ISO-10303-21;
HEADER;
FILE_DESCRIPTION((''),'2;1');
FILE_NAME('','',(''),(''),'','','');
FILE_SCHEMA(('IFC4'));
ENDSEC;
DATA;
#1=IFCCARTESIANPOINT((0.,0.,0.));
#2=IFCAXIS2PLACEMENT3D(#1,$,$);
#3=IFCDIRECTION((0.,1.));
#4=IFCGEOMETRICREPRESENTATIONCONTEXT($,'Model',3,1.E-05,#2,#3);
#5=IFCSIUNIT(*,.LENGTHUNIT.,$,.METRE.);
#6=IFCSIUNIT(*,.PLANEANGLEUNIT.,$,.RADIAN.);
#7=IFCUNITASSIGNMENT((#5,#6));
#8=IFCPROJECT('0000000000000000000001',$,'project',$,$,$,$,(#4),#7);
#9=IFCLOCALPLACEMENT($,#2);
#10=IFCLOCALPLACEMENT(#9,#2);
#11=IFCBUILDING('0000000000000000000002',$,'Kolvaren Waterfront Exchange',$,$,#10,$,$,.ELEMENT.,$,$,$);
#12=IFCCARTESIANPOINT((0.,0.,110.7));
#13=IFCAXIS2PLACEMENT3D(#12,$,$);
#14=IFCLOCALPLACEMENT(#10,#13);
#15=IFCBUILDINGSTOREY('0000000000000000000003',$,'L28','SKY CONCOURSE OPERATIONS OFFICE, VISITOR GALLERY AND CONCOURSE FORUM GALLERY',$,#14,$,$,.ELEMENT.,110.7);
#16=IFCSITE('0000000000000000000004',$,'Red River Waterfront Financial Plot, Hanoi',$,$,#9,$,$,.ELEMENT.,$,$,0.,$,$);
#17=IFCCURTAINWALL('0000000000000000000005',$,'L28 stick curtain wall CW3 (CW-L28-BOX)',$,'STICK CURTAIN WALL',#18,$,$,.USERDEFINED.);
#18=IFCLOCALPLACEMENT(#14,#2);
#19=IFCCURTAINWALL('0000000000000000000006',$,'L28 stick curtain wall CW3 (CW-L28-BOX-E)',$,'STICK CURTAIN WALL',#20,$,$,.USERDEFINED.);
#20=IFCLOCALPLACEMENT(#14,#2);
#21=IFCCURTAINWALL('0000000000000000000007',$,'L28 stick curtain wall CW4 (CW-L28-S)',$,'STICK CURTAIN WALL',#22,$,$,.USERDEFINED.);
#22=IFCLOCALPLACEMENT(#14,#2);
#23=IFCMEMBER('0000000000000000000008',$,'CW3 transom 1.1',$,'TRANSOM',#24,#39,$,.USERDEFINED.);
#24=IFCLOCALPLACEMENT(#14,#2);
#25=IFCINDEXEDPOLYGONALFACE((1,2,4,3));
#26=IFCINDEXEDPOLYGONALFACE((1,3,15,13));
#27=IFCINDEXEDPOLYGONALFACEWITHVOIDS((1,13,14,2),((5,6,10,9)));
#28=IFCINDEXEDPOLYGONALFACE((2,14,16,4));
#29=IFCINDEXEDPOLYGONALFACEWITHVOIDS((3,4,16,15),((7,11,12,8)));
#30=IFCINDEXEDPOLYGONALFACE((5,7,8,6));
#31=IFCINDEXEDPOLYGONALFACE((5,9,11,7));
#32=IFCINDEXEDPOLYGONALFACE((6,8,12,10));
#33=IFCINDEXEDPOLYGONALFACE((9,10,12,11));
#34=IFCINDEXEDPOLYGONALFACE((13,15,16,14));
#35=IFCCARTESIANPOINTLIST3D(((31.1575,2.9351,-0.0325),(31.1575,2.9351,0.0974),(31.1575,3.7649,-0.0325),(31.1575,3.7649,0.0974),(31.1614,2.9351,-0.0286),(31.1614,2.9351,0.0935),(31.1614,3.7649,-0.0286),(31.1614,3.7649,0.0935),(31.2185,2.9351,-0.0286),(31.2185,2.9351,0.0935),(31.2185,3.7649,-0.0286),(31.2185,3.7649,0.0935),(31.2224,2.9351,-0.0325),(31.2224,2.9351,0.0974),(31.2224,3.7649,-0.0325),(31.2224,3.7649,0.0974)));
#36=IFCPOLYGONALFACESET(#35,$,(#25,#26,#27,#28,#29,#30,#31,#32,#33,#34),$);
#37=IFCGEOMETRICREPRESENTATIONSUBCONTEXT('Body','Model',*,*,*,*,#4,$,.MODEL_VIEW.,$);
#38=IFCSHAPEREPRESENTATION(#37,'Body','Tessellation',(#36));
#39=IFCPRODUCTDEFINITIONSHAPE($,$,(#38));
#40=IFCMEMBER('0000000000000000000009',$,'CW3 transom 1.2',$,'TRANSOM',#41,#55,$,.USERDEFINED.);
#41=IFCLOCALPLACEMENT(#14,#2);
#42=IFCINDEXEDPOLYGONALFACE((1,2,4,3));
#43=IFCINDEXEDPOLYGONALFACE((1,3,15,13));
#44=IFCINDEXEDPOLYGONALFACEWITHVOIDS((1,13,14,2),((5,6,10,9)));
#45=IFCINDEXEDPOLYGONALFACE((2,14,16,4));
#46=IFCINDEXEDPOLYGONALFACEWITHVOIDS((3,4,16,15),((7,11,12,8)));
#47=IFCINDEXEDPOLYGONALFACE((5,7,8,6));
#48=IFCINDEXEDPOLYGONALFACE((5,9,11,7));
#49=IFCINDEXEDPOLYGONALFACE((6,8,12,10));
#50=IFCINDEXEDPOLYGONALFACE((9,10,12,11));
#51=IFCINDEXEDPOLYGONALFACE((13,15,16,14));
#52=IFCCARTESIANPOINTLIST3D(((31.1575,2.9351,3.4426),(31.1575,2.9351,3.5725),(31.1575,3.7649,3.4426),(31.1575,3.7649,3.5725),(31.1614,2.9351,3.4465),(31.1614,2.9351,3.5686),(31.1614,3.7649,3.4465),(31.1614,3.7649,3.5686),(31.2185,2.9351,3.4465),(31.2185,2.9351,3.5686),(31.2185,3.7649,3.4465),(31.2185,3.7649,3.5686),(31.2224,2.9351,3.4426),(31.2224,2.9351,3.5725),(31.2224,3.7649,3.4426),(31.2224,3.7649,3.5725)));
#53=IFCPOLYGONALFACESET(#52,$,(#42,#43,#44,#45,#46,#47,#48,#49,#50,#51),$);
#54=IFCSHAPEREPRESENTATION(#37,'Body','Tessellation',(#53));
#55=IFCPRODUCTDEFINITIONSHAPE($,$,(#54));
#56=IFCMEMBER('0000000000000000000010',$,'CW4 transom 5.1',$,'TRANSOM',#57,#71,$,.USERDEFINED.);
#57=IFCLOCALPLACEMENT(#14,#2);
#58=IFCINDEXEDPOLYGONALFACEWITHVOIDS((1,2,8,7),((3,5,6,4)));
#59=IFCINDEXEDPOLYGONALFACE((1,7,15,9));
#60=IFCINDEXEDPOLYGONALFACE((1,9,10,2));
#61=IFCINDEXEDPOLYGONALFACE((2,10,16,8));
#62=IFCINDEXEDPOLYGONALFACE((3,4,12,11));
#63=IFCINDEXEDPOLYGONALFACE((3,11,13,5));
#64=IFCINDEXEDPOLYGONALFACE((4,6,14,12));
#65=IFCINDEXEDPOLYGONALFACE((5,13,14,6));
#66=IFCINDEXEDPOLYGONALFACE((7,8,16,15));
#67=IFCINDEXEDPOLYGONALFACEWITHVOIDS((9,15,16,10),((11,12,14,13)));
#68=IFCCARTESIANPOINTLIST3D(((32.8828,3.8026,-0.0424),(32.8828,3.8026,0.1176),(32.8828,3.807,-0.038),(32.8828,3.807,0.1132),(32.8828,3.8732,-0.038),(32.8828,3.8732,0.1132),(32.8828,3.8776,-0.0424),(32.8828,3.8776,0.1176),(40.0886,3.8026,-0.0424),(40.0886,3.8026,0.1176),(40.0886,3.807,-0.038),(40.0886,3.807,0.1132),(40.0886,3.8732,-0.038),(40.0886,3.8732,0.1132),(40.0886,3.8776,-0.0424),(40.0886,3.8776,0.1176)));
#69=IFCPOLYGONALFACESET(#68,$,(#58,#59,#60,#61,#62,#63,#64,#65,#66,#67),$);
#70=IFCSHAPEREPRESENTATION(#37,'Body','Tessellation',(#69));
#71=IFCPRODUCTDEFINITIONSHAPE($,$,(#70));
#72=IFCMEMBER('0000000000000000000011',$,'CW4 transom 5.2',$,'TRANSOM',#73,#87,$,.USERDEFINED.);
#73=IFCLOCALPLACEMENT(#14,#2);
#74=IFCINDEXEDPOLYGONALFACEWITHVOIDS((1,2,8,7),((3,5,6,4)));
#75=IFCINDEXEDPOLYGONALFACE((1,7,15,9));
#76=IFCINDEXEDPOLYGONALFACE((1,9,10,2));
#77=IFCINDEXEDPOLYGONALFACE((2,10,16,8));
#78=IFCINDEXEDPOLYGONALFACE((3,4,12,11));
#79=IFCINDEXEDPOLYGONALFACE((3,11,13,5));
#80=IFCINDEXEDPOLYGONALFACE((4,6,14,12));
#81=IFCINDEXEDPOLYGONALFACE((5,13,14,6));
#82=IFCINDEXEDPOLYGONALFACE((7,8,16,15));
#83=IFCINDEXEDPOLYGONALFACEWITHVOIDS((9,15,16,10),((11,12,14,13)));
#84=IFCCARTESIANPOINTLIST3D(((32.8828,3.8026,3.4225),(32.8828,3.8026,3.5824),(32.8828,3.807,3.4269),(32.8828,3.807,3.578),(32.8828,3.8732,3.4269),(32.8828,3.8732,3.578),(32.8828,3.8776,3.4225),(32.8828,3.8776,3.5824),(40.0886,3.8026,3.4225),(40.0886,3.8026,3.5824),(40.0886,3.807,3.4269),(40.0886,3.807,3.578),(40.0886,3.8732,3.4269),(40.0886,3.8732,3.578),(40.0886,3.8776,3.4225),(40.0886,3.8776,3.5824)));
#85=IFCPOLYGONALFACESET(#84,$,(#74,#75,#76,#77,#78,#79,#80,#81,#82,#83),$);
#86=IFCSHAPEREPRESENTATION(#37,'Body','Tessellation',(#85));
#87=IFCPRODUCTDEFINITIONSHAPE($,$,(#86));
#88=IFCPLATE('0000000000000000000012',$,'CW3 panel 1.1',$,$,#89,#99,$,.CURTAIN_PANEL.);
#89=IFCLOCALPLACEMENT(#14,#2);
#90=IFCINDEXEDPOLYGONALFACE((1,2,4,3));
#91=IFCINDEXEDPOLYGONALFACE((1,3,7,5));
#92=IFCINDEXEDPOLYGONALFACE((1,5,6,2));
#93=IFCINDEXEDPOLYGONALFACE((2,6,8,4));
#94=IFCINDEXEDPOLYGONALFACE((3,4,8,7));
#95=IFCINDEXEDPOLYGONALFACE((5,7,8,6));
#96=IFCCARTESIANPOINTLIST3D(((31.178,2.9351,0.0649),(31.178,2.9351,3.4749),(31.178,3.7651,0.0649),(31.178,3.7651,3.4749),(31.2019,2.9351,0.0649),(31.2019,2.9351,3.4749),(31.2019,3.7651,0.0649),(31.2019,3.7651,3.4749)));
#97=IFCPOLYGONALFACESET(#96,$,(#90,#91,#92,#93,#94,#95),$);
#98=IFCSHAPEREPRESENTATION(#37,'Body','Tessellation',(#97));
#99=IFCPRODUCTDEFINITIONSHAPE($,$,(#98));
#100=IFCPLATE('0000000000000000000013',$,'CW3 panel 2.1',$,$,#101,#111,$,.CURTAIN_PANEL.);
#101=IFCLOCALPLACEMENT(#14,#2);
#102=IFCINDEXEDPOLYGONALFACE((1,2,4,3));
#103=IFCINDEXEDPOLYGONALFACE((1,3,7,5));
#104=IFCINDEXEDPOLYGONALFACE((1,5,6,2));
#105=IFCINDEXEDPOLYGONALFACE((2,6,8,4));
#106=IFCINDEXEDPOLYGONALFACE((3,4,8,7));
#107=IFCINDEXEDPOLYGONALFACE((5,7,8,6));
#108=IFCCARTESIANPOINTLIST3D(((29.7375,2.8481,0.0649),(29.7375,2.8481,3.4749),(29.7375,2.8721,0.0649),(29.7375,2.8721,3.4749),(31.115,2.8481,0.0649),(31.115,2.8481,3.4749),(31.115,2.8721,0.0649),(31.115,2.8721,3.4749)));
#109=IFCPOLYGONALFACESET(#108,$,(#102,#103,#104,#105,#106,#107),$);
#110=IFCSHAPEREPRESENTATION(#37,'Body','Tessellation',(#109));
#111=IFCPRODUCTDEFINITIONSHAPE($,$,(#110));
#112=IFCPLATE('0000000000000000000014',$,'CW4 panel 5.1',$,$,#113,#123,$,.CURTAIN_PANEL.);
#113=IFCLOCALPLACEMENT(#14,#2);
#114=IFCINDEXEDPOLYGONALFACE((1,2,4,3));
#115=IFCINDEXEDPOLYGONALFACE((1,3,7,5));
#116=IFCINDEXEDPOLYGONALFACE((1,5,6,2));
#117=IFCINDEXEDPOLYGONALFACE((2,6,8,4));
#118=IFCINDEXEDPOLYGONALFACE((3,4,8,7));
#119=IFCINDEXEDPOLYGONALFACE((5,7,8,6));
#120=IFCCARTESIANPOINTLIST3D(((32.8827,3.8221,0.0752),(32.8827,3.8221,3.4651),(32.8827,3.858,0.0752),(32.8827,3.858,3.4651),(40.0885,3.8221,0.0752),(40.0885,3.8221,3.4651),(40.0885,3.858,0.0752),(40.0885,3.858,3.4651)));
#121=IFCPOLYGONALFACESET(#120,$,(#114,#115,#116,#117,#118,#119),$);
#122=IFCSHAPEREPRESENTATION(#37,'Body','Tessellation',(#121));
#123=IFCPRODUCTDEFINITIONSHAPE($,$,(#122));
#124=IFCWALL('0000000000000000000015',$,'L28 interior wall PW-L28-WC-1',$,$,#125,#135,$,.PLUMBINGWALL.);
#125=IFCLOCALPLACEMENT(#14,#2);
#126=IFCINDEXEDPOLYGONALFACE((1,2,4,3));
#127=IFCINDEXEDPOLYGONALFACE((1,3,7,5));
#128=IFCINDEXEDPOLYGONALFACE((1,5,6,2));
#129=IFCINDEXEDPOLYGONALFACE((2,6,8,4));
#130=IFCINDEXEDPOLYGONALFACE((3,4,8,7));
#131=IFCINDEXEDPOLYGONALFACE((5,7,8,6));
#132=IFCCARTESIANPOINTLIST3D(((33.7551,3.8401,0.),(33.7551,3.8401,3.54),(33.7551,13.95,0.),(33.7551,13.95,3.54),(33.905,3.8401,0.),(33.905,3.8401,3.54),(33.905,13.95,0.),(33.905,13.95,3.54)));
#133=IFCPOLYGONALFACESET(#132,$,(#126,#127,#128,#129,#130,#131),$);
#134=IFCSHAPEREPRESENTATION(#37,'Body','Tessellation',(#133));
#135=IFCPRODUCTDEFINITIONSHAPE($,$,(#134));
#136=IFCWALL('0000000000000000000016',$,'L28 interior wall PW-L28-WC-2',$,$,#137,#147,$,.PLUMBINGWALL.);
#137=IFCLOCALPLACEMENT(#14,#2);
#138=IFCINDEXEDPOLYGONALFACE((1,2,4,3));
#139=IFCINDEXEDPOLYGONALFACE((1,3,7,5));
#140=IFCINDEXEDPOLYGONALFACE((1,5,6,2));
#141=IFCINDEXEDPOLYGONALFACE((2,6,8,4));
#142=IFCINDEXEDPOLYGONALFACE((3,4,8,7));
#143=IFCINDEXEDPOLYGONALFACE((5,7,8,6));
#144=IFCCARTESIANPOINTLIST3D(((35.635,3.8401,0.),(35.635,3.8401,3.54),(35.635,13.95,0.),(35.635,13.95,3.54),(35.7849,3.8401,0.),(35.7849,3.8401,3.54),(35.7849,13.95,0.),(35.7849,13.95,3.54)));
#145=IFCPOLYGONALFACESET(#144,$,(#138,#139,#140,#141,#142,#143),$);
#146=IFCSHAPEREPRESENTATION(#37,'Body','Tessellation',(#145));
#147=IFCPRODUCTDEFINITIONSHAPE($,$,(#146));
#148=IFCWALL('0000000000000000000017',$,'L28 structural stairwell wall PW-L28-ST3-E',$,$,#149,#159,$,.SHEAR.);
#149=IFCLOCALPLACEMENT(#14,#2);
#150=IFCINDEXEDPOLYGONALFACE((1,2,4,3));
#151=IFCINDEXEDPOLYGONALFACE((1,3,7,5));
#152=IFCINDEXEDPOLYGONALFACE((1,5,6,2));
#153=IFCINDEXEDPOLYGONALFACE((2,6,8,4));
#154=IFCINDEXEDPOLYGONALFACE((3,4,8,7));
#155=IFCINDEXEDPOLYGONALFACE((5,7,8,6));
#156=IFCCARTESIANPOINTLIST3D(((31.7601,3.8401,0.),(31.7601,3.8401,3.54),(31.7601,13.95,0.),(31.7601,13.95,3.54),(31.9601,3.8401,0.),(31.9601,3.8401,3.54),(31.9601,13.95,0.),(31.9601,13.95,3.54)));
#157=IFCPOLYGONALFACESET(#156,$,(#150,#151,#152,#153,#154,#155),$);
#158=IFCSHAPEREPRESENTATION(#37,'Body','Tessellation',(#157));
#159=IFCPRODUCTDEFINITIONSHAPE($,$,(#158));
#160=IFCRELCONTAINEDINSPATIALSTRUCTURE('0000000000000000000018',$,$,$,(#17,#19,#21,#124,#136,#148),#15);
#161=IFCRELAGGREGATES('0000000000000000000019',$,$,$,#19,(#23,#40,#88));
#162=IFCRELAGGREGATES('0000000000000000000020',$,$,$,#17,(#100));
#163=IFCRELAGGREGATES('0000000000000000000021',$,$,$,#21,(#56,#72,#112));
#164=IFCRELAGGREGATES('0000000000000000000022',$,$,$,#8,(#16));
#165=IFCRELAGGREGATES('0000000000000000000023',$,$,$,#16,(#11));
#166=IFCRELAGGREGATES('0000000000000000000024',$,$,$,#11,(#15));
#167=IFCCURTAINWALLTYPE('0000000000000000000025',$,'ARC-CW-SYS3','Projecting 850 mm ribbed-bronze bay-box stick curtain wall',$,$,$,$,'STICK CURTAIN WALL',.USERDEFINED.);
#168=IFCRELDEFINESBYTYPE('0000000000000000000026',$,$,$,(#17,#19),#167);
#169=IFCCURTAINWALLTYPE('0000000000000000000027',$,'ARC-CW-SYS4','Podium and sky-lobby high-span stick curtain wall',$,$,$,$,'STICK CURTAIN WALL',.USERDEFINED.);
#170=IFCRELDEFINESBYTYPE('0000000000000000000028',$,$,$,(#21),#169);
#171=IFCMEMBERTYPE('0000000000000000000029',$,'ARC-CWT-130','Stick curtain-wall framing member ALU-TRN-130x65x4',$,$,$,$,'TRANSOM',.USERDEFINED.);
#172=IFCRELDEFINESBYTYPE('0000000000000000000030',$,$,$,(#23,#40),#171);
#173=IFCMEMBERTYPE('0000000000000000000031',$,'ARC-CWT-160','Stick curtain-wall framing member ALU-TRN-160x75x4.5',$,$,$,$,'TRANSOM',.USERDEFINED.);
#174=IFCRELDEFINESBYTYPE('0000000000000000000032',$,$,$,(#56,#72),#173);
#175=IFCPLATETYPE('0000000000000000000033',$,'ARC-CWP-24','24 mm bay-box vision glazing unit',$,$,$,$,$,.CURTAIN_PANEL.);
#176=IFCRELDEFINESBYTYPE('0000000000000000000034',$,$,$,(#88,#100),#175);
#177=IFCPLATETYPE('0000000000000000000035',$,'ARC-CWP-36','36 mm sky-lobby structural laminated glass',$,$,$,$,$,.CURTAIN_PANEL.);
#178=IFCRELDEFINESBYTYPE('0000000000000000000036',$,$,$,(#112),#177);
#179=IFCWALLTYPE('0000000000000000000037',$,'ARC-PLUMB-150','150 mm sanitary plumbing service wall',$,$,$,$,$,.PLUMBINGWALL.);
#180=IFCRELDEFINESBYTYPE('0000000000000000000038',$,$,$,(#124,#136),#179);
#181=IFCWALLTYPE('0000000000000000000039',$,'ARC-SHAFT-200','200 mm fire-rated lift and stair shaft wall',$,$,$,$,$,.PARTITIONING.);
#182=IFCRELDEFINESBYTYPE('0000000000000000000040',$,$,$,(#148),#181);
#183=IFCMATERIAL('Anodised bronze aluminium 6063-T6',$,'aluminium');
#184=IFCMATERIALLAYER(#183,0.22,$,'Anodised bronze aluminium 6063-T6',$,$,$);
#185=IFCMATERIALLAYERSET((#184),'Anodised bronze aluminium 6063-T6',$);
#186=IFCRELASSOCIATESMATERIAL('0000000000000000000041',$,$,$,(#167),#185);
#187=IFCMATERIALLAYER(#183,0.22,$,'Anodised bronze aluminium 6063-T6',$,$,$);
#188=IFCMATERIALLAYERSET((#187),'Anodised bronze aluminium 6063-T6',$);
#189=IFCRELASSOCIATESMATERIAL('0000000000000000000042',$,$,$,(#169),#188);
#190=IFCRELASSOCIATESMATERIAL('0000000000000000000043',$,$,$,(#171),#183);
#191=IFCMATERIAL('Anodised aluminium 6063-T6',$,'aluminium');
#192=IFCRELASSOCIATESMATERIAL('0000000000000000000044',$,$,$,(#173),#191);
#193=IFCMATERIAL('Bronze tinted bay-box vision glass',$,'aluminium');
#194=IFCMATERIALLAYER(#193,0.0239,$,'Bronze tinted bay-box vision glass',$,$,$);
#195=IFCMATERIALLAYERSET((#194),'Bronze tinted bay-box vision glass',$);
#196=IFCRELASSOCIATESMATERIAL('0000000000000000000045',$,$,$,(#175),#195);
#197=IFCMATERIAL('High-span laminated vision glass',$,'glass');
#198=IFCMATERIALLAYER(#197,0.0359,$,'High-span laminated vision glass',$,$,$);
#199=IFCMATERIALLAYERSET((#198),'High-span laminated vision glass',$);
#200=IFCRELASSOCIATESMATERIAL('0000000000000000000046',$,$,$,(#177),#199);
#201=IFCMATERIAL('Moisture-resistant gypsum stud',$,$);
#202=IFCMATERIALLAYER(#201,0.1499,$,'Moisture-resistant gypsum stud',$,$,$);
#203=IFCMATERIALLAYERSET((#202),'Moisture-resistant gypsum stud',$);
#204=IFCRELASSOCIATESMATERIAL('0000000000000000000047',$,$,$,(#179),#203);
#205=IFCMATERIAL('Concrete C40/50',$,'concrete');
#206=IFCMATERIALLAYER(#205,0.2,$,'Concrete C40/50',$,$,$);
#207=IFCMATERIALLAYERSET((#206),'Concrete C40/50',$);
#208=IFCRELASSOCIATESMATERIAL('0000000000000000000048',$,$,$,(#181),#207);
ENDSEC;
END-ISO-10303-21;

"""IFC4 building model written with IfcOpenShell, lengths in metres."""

from ifc_helpers import new_model, si_unit, direction, frame, frame_2d, origin, origin_with_axes, origin_2d, place, context, subcontext, project, spatial, rectangle, hollow_rectangle, extrude, source, transform, mapped, material, layer, layer_set, material_profile, profile_set, type_object, element, aggregate, save


model = new_model("IFC4")

# Units and contexts
model_context = context("Model", 3, precision=1e-05, world=origin(), true_north=direction((0.0, 1.0)))
body_context = subcontext(model_context, "Body", "Model", "MODEL_VIEW")
ifc_project = project(units=[si_unit("LENGTHUNIT", "METRE"), si_unit("PLANEANGLEUNIT", "RADIAN")], contexts=[model_context])

# Site, building, storey
site_placement = place(None, origin())
site = spatial("IfcSite", under=ifc_project, at=site_placement, Name="Red River Waterfront Financial Plot, Hanoi", CompositionType="ELEMENT", RefElevation=0.0)
building_placement = place(site_placement, origin())
building = spatial("IfcBuilding", under=site, at=building_placement, Name="Kolvaren Waterfront Exchange", CompositionType="ELEMENT")
storey_placement = place(building_placement, frame((0.0, 0.0, 110.7)))
storey = spatial("IfcBuildingStorey", under=building, at=storey_placement, Name="L28", Description="SKY CONCOURSE OPERATIONS OFFICE, VISITOR GALLERY AND CONCOURSE FORUM GALLERY", CompositionType="ELEMENT", Elevation=110.7)

# Curtain wall
ifc_material_1 = material(Name="Anodised bronze aluminium 6063-T6", Category="aluminium")
ifc_layer_1 = layer(ifc_material_1, 0.22, Name="Anodised bronze aluminium 6063-T6")
ifc_layer_set_1 = layer_set([ifc_layer_1], Name="Anodised bronze aluminium 6063-T6")
curtain_wall_type_1 = type_object("IfcCurtainWallType", Name="ARC-CW-SYS3", Description="Projecting 850 mm ribbed-bronze bay-box stick curtain wall", ElementType="STICK CURTAIN WALL", PredefinedType="USERDEFINED", material=ifc_layer_set_1)
curtain_wall_1_placement = place(storey_placement, origin())
curtain_wall_1 = element("IfcCurtainWall", 1, at=curtain_wall_1_placement, inside=storey, type_object=curtain_wall_type_1, Name="L28 stick curtain wall CW3 (CW-L28-BOX)", ObjectType="STICK CURTAIN WALL", PredefinedType="USERDEFINED")

# Curtain wall
curtain_wall_2_placement = place(storey_placement, origin())
curtain_wall_2 = element("IfcCurtainWall", 2, at=curtain_wall_2_placement, inside=storey, type_object=curtain_wall_type_1, Name="L28 stick curtain wall CW3 (CW-L28-BOX-E)", ObjectType="STICK CURTAIN WALL", PredefinedType="USERDEFINED")

# Curtain wall
ifc_layer_2 = layer(ifc_material_1, 0.22, Name="Anodised bronze aluminium 6063-T6")
ifc_layer_set_2 = layer_set([ifc_layer_2], Name="Anodised bronze aluminium 6063-T6")
curtain_wall_type_2 = type_object("IfcCurtainWallType", Name="ARC-CW-SYS4", Description="Podium and sky-lobby high-span stick curtain wall", ElementType="STICK CURTAIN WALL", PredefinedType="USERDEFINED", material=ifc_layer_set_2)
curtain_wall_3_placement = place(storey_placement, origin())
curtain_wall_3 = element("IfcCurtainWall", 3, at=curtain_wall_3_placement, inside=storey, type_object=curtain_wall_type_2, Name="L28 stick curtain wall CW4 (CW-L28-S)", ObjectType="STICK CURTAIN WALL", PredefinedType="USERDEFINED")
ifc_material_2 = material(Name="Anodised aluminium 6063-T6", Category="aluminium")

# Members
ifc_material_profile_1 = material_profile(ifc_material_1, hollow_rectangle(XDim=0.0649, YDim=0.1299, WallThickness=0.0039, at=origin_2d()), Name="ALU-TRN-130x65x4")
ifc_profile_set_1 = profile_set([ifc_material_profile_1], Name="Anodised bronze aluminium 6063-T6")
member_type_1 = type_object("IfcMemberType", Name="ARC-CWT-130", Description="Stick curtain-wall framing member ALU-TRN-130x65x4", ElementType="TRANSOM", PredefinedType="USERDEFINED", material=ifc_profile_set_1)
shared_shape_1 = source(origin_with_axes(), body_context, "Body", "SweptSolid", [
    extrude(hollow_rectangle(XDim=0.0649, YDim=0.1299, WallThickness=0.0039, at=origin_2d()), origin(), (0.0, 0.0, 1.0), 0.8298),
])
member_1_placement = place(storey_placement, frame((31.1899, 2.9351, 0.0325), z_axis=(0.0, 1.0, 0.0), x_axis=(-1.0, 0.0, 0.0)))
member_1 = element("IfcMember", 4, at=member_1_placement, type_object=member_type_1, Name="CW3 transom 1.1", ObjectType="TRANSOM", PredefinedType="USERDEFINED", context=body_context, shape_type="MappedRepresentation", body=[
    mapped(shared_shape_1, transform((0.0, 0.0, 0.0), x_axis=(1.0, 0.0, 0.0), y_axis=(0.0, 1.0, 0.0), z_axis=(0.0, 0.0, 1.0), scale=1.0)),
])
member_2_placement = place(storey_placement, frame((31.1899, 2.9351, 3.5076), z_axis=(0.0, 1.0, 0.0), x_axis=(-1.0, 0.0, 0.0)))
member_2 = element("IfcMember", 5, at=member_2_placement, type_object=member_type_1, Name="CW3 transom 1.2", ObjectType="TRANSOM", PredefinedType="USERDEFINED", context=body_context, shape_type="MappedRepresentation", body=[
    mapped(shared_shape_1, transform((0.0, 0.0, 0.0), x_axis=(1.0, 0.0, 0.0), y_axis=(0.0, 1.0, 0.0), z_axis=(0.0, 0.0, 1.0), scale=1.0)),
])
ifc_material_profile_2 = material_profile(ifc_material_2, hollow_rectangle(XDim=0.075, YDim=0.1599, WallThickness=0.0044, at=origin_2d()), Name="ALU-TRN-160x75x4.5")
ifc_profile_set_2 = profile_set([ifc_material_profile_2], Name="Anodised aluminium 6063-T6")
member_type_2 = type_object("IfcMemberType", Name="ARC-CWT-160", Description="Stick curtain-wall framing member ALU-TRN-160x75x4.5", ElementType="TRANSOM", PredefinedType="USERDEFINED", material=ifc_profile_set_2)
shared_shape_2 = source(origin_with_axes(), body_context, "Body", "SweptSolid", [
    extrude(hollow_rectangle(XDim=0.075, YDim=0.1599, WallThickness=0.0044, at=origin_2d()), origin(), (0.0, 0.0, 1.0), 7.2058),
])
member_3_placement = place(storey_placement, frame((32.8828, 3.8401, 0.0376), z_axis=(1.0, 0.0, 0.0), x_axis=(0.0, 1.0, 0.0)))
member_3 = element("IfcMember", 6, at=member_3_placement, type_object=member_type_2, Name="CW4 transom 5.1", ObjectType="TRANSOM", PredefinedType="USERDEFINED", context=body_context, shape_type="MappedRepresentation", body=[
    mapped(shared_shape_2, transform((0.0, 0.0, 0.0), x_axis=(1.0, 0.0, 0.0), y_axis=(0.0, 1.0, 0.0), z_axis=(0.0, 0.0, 1.0), scale=1.0)),
])
member_4_placement = place(storey_placement, frame((32.8828, 3.8401, 3.5024), z_axis=(1.0, 0.0, 0.0), x_axis=(0.0, 1.0, 0.0)))
member_4 = element("IfcMember", 7, at=member_4_placement, type_object=member_type_2, Name="CW4 transom 5.2", ObjectType="TRANSOM", PredefinedType="USERDEFINED", context=body_context, shape_type="MappedRepresentation", body=[
    mapped(shared_shape_2, transform((0.0, 0.0, 0.0), x_axis=(1.0, 0.0, 0.0), y_axis=(0.0, 1.0, 0.0), z_axis=(0.0, 0.0, 1.0), scale=1.0)),
])

# Plates
ifc_material_3 = material(Name="Bronze tinted bay-box vision glass", Category="aluminium")
ifc_layer_3 = layer(ifc_material_3, 0.0239, Name="Bronze tinted bay-box vision glass")
ifc_layer_set_3 = layer_set([ifc_layer_3], Name="Bronze tinted bay-box vision glass")
plate_type_1 = type_object("IfcPlateType", Name="ARC-CWP-24", Description="24 mm bay-box vision glazing unit", PredefinedType="CURTAIN_PANEL", material=ifc_layer_set_3)
shared_shape_3 = source(origin_with_axes(), body_context, "Body", "SweptSolid", [
    extrude(rectangle(XDim=0.8301, YDim=0.0239, at=origin_2d()), origin(), (0.0, 0.0, 1.0), 3.4099),
])
plate_1_placement = place(storey_placement, frame((31.1899, 3.3501, 0.0649), z_axis=(0.0, 0.0, 1.0), x_axis=(0.0, 1.0, 0.0)))
plate_1 = element("IfcPlate", 8, at=plate_1_placement, type_object=plate_type_1, Name="CW3 panel 1.1", PredefinedType="CURTAIN_PANEL", context=body_context, shape_type="MappedRepresentation", body=[
    mapped(shared_shape_3, transform((0.0, 0.0, 0.0), x_axis=(1.0, 0.0, 0.0), y_axis=(0.0, 1.0, 0.0), z_axis=(0.0, 0.0, 1.0), scale=1.0)),
])
aggregate(curtain_wall_2, [member_1, member_2, plate_1])
shared_shape_4 = source(origin_with_axes(), body_context, "Body", "SweptSolid", [
    extrude(rectangle(XDim=1.3774, YDim=0.0239, at=origin_2d()), origin(), (0.0, 0.0, 1.0), 3.4099),
])
plate_2_placement = place(storey_placement, frame((30.4263, 2.8601, 0.0649), z_axis=(0.0, 0.0, 1.0), x_axis=(1.0, 0.0, 0.0)))
plate_2 = element("IfcPlate", 9, at=plate_2_placement, type_object=plate_type_1, Name="CW3 panel 2.1", PredefinedType="CURTAIN_PANEL", context=body_context, shape_type="MappedRepresentation", body=[
    mapped(shared_shape_4, transform((0.0, 0.0, 0.0), x_axis=(1.0, 0.0, 0.0), y_axis=(0.0, 1.0, 0.0), z_axis=(0.0, 0.0, 1.0), scale=1.0)),
])
aggregate(curtain_wall_1, [plate_2])
ifc_material_4 = material(Name="High-span laminated vision glass", Category="glass")
ifc_layer_4 = layer(ifc_material_4, 0.0359, Name="High-span laminated vision glass")
ifc_layer_set_4 = layer_set([ifc_layer_4], Name="High-span laminated vision glass")
plate_type_2 = type_object("IfcPlateType", Name="ARC-CWP-36", Description="36 mm sky-lobby structural laminated glass", PredefinedType="CURTAIN_PANEL", material=ifc_layer_set_4)
shared_shape_5 = source(origin_with_axes(), body_context, "Body", "SweptSolid", [
    extrude(rectangle(XDim=7.2058, YDim=0.0359, at=origin_2d()), origin(), (0.0, 0.0, 1.0), 3.3899),
])
plate_3_placement = place(storey_placement, frame((36.4856, 3.8401, 0.0752), z_axis=(0.0, 0.0, 1.0), x_axis=(1.0, 0.0, 0.0)))
plate_3 = element("IfcPlate", 10, at=plate_3_placement, type_object=plate_type_2, Name="CW4 panel 5.1", PredefinedType="CURTAIN_PANEL", context=body_context, shape_type="MappedRepresentation", body=[
    mapped(shared_shape_5, transform((0.0, 0.0, 0.0), x_axis=(1.0, 0.0, 0.0), y_axis=(0.0, 1.0, 0.0), z_axis=(0.0, 0.0, 1.0), scale=1.0)),
])
aggregate(curtain_wall_3, [member_3, member_4, plate_3])

# Walls
ifc_material_5 = material(Name="Moisture-resistant gypsum stud")
ifc_layer_5 = layer(ifc_material_5, 0.1499, Name="Moisture-resistant gypsum stud")
ifc_layer_set_5 = layer_set([ifc_layer_5], Name="Moisture-resistant gypsum stud")
wall_type_1 = type_object("IfcWallType", Name="ARC-PLUMB-150", Description="150 mm sanitary plumbing service wall", PredefinedType="PLUMBINGWALL", material=ifc_layer_set_5)
for number, where, z_axis, x_axis, name in (
    (11, (33.8301, 3.8401, 0.0), (0.0, 0.0, 1.0), (0.0, 1.0, 0.0), "L28 interior wall PW-L28-WC-1"),
    (12, (35.71, 3.8401, 0.0), (0.0, 0.0, 1.0), (0.0, 1.0, 0.0), "L28 interior wall PW-L28-WC-2"),
):
    element("IfcWall", number, at=place(storey_placement, frame(where, z_axis=z_axis, x_axis=x_axis)), inside=storey, type_object=wall_type_1, Name=name, PredefinedType="PLUMBINGWALL", context=body_context, shape_type="SweptSolid", body=[
        extrude(rectangle(XDim=10.1099, YDim=0.1499, at=frame_2d((5.0549, 0.0))), origin(), (0.0, 0.0, 1.0), 3.54),
    ])
ifc_material_6 = material(Name="Concrete C40/50", Category="concrete")
ifc_layer_6 = layer(ifc_material_6, 0.2, Name="Concrete C40/50")
ifc_layer_set_6 = layer_set([ifc_layer_6], Name="Concrete C40/50")
wall_type_2 = type_object("IfcWallType", Name="ARC-SHAFT-200", Description="200 mm fire-rated lift and stair shaft wall", PredefinedType="PARTITIONING", material=ifc_layer_set_6)
wall_placement = place(storey_placement, frame((31.8601, 3.8401, 0.0), z_axis=(0.0, 0.0, 1.0), x_axis=(0.0, 1.0, 0.0)))
element("IfcWall", 13, at=wall_placement, inside=storey, type_object=wall_type_2, Name="L28 structural stairwell wall PW-L28-ST3-E", PredefinedType="SHEAR", context=body_context, shape_type="SweptSolid", body=[
    extrude(rectangle(XDim=10.1099, YDim=0.2, at=frame_2d((5.0549, 0.0))), origin(), (0.0, 0.0, 1.0), 3.54),
])

save(model, "model.ifc")
